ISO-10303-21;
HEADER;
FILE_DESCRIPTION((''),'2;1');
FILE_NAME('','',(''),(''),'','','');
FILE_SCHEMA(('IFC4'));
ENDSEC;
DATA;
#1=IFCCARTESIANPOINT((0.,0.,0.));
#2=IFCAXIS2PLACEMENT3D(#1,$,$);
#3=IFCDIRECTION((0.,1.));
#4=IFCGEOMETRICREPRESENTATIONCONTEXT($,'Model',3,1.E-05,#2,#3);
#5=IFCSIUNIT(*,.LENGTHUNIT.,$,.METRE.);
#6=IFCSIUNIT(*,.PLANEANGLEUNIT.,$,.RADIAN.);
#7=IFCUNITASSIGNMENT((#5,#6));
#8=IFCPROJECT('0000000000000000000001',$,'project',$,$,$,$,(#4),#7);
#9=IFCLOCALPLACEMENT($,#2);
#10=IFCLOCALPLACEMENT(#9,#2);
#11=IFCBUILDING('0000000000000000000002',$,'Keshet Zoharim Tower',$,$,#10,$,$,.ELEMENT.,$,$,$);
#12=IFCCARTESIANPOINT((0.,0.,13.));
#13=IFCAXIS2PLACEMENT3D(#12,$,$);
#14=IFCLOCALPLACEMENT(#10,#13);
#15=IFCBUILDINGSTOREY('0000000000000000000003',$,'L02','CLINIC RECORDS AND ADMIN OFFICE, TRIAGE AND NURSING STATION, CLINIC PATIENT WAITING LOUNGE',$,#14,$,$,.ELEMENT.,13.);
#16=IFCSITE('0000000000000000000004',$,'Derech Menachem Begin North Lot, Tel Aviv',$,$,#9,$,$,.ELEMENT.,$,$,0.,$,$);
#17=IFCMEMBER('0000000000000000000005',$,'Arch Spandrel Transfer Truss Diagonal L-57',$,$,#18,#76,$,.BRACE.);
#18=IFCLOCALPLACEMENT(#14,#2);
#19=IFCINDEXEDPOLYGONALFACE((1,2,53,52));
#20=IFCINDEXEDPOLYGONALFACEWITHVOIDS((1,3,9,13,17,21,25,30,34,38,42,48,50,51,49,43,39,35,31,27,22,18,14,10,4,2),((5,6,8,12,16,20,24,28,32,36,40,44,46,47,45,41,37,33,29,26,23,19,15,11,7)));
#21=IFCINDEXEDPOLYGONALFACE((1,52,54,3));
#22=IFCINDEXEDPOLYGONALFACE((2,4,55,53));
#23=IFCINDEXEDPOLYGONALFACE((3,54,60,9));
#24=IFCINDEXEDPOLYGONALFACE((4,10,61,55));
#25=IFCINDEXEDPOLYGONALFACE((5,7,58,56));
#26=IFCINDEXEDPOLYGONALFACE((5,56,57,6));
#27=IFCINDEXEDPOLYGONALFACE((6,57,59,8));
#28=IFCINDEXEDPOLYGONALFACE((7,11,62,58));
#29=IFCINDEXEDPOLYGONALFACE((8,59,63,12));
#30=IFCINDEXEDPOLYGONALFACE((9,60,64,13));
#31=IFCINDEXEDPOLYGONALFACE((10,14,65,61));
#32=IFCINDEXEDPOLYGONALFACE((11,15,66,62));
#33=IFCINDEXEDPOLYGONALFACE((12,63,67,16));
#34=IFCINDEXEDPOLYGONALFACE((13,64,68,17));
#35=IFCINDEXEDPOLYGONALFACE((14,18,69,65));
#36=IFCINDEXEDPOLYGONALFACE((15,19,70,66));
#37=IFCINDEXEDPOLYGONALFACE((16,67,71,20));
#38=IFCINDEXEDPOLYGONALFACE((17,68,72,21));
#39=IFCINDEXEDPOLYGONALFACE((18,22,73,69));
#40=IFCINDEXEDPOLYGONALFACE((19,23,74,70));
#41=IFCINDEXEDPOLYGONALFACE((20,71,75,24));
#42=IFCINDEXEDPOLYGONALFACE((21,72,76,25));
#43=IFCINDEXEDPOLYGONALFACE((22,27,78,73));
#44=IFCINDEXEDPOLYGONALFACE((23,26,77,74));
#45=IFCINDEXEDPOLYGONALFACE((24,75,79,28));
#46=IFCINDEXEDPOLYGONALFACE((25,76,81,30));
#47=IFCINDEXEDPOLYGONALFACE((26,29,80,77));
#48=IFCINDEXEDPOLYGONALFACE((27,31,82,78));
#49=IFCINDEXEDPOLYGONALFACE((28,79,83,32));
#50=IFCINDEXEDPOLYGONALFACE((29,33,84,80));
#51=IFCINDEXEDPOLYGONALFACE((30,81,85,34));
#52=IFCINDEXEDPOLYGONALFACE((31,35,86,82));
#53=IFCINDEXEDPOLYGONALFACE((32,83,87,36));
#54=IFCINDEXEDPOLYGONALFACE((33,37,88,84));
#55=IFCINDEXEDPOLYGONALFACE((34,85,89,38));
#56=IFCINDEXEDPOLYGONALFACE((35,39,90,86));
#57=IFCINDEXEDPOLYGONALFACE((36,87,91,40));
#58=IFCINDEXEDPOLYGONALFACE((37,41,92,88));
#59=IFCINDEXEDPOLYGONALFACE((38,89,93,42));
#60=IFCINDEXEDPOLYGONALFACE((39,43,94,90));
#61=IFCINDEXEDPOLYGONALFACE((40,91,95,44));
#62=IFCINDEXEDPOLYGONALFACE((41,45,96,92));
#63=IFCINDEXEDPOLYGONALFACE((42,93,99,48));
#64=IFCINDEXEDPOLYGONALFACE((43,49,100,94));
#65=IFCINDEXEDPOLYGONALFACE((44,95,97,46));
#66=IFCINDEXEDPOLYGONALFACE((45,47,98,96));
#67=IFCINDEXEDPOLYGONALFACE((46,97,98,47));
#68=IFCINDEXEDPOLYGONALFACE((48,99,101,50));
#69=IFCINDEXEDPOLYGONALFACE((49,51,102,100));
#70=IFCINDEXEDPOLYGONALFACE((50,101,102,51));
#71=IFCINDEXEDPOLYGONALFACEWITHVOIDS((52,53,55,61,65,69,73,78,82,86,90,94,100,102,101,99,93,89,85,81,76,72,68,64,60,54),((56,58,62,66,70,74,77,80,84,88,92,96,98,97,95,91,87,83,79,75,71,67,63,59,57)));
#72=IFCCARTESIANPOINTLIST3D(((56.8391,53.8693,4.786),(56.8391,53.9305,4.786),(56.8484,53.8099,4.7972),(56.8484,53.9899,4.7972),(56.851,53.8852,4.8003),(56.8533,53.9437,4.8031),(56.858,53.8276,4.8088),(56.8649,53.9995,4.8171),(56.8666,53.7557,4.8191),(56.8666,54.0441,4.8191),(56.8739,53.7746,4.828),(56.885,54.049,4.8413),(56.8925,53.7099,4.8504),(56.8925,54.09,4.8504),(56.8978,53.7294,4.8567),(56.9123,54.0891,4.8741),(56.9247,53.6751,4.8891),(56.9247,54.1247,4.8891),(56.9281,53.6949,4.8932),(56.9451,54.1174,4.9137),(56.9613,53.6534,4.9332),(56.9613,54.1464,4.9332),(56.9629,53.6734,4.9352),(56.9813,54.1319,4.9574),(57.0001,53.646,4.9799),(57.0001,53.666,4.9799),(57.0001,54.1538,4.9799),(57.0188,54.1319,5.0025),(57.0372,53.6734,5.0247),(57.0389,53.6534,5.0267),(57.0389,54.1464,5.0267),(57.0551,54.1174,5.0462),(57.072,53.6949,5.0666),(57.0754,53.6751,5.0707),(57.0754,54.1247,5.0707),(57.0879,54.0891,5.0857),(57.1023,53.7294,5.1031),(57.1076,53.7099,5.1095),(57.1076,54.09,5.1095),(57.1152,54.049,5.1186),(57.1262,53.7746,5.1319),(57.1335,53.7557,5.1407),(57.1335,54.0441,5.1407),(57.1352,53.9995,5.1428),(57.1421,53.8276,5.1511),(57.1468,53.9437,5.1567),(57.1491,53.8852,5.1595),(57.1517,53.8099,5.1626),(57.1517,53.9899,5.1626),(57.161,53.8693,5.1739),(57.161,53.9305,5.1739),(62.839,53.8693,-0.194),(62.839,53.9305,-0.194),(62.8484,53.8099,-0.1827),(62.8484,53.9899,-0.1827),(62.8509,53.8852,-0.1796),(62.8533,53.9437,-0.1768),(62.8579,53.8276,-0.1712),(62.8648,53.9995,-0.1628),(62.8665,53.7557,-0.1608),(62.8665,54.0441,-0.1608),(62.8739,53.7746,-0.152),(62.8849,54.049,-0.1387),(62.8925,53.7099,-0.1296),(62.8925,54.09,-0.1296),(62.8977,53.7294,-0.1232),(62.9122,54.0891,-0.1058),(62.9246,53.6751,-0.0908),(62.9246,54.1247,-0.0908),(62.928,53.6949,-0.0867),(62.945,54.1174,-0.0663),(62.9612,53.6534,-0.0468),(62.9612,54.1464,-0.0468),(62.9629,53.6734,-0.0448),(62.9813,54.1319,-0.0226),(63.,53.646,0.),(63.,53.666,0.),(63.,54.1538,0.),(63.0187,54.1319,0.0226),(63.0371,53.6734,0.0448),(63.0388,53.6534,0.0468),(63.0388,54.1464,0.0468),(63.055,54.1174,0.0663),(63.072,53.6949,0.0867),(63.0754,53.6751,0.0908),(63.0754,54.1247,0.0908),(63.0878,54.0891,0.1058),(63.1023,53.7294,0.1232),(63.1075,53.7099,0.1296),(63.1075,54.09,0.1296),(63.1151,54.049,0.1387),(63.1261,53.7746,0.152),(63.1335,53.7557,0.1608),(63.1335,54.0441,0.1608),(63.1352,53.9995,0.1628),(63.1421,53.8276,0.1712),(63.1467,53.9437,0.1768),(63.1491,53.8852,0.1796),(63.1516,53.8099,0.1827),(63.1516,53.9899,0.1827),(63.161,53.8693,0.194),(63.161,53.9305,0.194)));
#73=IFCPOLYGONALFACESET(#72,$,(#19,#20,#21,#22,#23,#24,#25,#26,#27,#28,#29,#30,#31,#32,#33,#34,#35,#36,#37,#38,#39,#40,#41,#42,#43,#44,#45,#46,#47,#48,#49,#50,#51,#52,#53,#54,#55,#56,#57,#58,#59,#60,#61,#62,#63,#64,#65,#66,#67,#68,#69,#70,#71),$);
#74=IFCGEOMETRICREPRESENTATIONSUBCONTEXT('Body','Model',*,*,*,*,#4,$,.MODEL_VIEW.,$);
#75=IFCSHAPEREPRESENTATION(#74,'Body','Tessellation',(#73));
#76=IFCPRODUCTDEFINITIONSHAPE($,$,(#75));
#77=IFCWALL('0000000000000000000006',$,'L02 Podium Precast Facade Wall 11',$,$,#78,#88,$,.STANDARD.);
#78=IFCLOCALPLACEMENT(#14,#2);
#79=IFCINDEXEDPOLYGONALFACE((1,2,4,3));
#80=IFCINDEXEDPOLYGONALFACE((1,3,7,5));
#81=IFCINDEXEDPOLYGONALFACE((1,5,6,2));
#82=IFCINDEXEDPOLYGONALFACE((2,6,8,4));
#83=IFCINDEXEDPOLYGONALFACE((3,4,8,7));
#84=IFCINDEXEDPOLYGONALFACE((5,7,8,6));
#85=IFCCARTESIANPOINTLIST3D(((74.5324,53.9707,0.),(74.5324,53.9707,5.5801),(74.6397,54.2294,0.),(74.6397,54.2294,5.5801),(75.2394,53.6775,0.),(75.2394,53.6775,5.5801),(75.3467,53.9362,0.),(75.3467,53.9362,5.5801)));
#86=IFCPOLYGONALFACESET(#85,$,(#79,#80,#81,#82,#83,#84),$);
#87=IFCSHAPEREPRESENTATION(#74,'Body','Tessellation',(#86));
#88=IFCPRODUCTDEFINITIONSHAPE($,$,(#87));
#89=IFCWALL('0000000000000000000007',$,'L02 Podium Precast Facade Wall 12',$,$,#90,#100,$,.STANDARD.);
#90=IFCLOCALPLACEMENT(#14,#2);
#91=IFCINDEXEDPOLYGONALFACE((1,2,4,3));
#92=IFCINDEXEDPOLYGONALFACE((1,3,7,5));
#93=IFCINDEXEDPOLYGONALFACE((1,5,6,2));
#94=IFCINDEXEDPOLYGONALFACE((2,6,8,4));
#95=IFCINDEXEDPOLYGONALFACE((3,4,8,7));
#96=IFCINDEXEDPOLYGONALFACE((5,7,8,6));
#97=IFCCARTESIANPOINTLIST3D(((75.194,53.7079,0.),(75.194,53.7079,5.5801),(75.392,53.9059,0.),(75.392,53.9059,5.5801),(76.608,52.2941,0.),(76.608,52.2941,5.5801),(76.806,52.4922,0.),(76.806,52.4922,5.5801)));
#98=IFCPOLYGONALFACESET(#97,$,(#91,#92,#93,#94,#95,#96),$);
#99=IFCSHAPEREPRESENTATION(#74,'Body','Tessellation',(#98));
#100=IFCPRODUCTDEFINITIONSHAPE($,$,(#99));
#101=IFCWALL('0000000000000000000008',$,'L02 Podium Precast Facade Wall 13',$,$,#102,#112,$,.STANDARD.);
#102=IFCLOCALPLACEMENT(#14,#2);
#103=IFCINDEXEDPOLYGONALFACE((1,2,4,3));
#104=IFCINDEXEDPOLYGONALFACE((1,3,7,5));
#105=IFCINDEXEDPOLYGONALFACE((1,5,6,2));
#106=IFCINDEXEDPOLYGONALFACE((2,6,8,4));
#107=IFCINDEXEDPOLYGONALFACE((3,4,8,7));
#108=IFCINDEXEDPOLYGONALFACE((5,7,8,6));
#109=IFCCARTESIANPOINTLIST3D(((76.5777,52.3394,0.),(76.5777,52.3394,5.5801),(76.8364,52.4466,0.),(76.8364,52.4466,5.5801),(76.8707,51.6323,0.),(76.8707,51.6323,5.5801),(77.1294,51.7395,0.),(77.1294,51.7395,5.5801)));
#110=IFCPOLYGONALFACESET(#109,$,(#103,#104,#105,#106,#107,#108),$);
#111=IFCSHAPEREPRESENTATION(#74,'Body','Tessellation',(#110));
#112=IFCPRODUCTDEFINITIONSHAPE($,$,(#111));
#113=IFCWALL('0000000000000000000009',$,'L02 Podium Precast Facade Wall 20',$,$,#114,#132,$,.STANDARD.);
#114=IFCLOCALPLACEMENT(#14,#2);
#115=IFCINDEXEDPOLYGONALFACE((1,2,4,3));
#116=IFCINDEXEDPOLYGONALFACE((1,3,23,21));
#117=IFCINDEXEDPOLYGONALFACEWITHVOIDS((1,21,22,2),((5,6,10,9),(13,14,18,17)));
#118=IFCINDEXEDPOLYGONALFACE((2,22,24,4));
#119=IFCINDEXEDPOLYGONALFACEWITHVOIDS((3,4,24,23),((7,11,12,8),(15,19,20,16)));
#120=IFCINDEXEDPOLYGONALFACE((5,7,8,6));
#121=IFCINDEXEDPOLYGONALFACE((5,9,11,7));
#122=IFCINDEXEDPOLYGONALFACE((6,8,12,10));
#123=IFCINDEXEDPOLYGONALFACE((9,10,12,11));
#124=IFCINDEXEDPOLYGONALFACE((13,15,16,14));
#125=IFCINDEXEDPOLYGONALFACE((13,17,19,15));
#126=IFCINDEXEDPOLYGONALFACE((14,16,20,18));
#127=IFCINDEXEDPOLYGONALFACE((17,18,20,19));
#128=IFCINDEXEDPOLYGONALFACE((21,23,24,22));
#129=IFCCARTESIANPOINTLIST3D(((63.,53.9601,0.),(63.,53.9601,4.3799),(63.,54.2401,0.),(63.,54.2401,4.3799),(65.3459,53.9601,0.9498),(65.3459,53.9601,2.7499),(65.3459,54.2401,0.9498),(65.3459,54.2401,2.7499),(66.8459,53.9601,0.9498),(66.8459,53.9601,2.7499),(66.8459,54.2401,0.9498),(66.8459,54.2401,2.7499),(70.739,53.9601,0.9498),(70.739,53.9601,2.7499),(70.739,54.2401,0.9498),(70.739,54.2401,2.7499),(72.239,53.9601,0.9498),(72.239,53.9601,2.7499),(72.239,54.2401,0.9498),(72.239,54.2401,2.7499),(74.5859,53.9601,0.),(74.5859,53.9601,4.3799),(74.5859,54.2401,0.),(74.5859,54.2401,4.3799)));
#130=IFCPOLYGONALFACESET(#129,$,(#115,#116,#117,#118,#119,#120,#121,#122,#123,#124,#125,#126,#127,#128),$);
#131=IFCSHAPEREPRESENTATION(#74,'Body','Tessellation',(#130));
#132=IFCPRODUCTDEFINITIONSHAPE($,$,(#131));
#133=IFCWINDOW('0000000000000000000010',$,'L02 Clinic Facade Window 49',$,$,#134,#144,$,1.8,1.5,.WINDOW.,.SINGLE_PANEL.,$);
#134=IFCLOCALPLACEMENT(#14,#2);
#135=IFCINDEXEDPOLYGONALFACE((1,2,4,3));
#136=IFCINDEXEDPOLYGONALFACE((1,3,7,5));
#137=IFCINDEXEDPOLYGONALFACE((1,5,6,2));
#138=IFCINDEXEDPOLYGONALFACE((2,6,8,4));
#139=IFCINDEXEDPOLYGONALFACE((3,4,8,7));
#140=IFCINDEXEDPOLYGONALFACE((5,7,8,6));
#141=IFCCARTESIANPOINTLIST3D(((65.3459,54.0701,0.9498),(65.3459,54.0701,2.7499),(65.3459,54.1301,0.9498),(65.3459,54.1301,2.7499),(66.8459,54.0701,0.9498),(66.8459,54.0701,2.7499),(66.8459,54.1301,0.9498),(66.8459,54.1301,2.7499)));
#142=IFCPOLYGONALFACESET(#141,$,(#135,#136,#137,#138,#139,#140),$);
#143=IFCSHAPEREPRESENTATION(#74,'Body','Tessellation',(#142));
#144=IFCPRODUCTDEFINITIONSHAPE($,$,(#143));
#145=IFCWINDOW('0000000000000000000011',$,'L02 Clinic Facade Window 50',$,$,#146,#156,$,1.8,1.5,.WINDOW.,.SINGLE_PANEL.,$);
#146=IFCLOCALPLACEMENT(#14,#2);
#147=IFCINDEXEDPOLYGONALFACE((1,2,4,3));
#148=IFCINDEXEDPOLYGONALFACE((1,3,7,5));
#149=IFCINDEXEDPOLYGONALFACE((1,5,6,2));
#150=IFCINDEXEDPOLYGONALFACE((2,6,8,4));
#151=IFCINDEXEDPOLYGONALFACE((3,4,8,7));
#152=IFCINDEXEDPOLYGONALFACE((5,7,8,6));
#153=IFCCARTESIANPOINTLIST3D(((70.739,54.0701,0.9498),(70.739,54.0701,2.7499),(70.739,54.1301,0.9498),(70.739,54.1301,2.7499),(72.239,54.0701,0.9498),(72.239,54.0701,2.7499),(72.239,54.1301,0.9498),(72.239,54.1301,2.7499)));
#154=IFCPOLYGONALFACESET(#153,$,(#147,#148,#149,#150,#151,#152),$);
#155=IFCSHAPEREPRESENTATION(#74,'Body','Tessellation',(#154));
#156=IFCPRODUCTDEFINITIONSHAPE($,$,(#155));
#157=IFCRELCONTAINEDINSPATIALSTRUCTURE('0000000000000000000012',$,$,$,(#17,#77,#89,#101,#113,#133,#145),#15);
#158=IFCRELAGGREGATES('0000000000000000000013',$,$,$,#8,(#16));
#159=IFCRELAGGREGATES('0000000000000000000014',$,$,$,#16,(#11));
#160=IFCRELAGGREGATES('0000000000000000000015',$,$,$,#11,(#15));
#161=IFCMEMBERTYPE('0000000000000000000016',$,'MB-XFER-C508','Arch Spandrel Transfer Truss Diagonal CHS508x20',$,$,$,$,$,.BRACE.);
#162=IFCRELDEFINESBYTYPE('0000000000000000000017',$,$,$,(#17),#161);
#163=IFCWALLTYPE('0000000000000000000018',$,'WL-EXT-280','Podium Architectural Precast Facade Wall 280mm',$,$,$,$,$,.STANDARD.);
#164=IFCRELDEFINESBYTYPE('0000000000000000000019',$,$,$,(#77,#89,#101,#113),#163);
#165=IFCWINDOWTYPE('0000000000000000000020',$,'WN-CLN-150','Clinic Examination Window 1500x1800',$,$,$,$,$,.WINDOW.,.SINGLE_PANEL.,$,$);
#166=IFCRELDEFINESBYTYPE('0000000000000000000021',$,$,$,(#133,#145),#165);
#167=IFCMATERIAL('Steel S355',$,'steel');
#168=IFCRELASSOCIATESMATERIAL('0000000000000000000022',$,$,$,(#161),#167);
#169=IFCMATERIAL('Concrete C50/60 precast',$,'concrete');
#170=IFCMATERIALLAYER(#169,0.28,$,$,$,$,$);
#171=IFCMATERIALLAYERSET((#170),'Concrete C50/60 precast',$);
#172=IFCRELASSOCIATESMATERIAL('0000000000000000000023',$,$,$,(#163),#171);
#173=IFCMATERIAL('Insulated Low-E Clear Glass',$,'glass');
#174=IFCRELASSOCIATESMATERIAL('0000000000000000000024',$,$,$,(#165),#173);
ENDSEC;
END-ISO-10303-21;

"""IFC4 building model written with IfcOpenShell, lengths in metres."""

from ifc_helpers import new_model, si_unit, direction, frame, frame_2d, origin, origin_2d, place, context, subcontext, project, spatial, rectangle, hollow_circle, extrude, material, layer, layer_set, material_profile, profile_set, type_object, element, fill, save


model = new_model("IFC4")

# Units and contexts
model_context = context("Model", 3, precision=1e-05, world=origin(), true_north=direction((0.0, 1.0)))
body_context = subcontext(model_context, "Body", "Model", "MODEL_VIEW")
ifc_project = project(units=[si_unit("LENGTHUNIT", "METRE"), si_unit("PLANEANGLEUNIT", "RADIAN")], contexts=[model_context])

# Site, building, storey
site_placement = place(None, origin())
site = spatial("IfcSite", under=ifc_project, at=site_placement, Name="Derech Menachem Begin North Lot, Tel Aviv", CompositionType="ELEMENT", RefElevation=0.0)
building_placement = place(site_placement, origin())
building = spatial("IfcBuilding", under=site, at=building_placement, Name="Keshet Zoharim Tower", CompositionType="ELEMENT")
storey_placement = place(building_placement, frame((0.0, 0.0, 13.0)))
storey = spatial("IfcBuildingStorey", under=building, at=storey_placement, Name="L02", Description="CLINIC RECORDS AND ADMIN OFFICE, TRIAGE AND NURSING STATION, CLINIC PATIENT WAITING LOUNGE", CompositionType="ELEMENT", Elevation=13.0)

# Shared definitions
ifc_material_1 = material(Name="Steel S355", Category="steel")

# Member
ifc_material_profile_1 = material_profile(ifc_material_1, hollow_circle(Radius=0.2539, WallThickness=0.02, at=origin_2d()), Name="CHS508x20")
ifc_profile_set_1 = profile_set([ifc_material_profile_1], Name="Steel S355")
member_type = type_object("IfcMemberType", Name="MB-XFER-C508", Description="Arch Spandrel Transfer Truss Diagonal CHS508x20", PredefinedType="BRACE", material=ifc_profile_set_1)
for number, where, z_axis, x_axis, name in (
    (1, (63.0, 53.8999, 0.0), (-0.769482, 0.0, 0.638668), (0.0, -1.0, 0.0), "Arch Spandrel Transfer Truss Diagonal L-57"),
):
    element("IfcMember", number, at=place(storey_placement, frame(where, z_axis=z_axis, x_axis=x_axis)), inside=storey, type_object=member_type, Name=name, PredefinedType="BRACE", context=body_context, shape_type="SweptSolid", body=[
        extrude(hollow_circle(Radius=0.2539, WallThickness=0.02, at=origin_2d()), origin(), (0.0, 0.0, 1.0), 7.7974),
    ])

# Walls
ifc_material_2 = material(Name="Concrete C50/60 precast", Category="concrete")
ifc_layer = layer(ifc_material_2, 0.28)
ifc_layer_set = layer_set([ifc_layer], Name="Concrete C50/60 precast")
wall_type = type_object("IfcWallType", Name="WL-EXT-280", Description="Podium Architectural Precast Facade Wall 280mm", PredefinedType="STANDARD", material=ifc_layer_set)
wall_1_placement = place(storey_placement, frame((74.5859, 54.1001, 0.0), z_axis=(0.0, 0.0, 1.0), x_axis=(0.923717, -0.383075, 0.0)))
element("IfcWall", 2, at=wall_1_placement, inside=storey, type_object=wall_type, Name="L02 Podium Precast Facade Wall 11", PredefinedType="STANDARD", context=body_context, shape_type="SweptSolid", body=[
    extrude(rectangle(XDim=0.7654, YDim=0.28, at=frame_2d((0.3828, 0.0))), origin(), (0.0, 0.0, 1.0), 5.5801),
])
wall_2_placement = place(storey_placement, frame((75.293, 53.8069, 0.0), z_axis=(0.0, 0.0, 1.0), x_axis=(0.707168, -0.707046, 0.0)))
element("IfcWall", 3, at=wall_2_placement, inside=storey, type_object=wall_type, Name="L02 Podium Precast Facade Wall 12", PredefinedType="STANDARD", context=body_context, shape_type="SweptSolid", body=[
    extrude(rectangle(XDim=1.9995, YDim=0.28, at=frame_2d((0.9998, 0.0))), origin(), (0.0, 0.0, 1.0), 5.5801),
])
wall_3_placement = place(storey_placement, frame((76.707, 52.3931, 0.0), z_axis=(0.0, 0.0, 1.0), x_axis=(0.382803, -0.92383, 0.0)))
element("IfcWall", 4, at=wall_3_placement, inside=storey, type_object=wall_type, Name="L02 Podium Precast Facade Wall 13", PredefinedType="STANDARD", context=body_context, shape_type="SweptSolid", body=[
    extrude(rectangle(XDim=0.7654, YDim=0.28, at=frame_2d((0.3828, 0.0))), origin(), (0.0, 0.0, 1.0), 5.5801),
])

# Wall, openings, windows
ifc_material_3 = material(Name="Insulated Low-E Clear Glass", Category="glass")
window_type = type_object("IfcWindowType", Name="WN-CLN-150", Description="Clinic Examination Window 1500x1800", PartitioningType="SINGLE_PANEL", PredefinedType="WINDOW", material=ifc_material_3)
wall_4_placement = place(storey_placement, frame((63.0, 54.1001, 0.0), z_axis=(0.0, 0.0, 1.0), x_axis=(1.0, 0.0, 0.0)))
wall_4 = element("IfcWall", 5, at=wall_4_placement, inside=storey, type_object=wall_type, Name="L02 Podium Precast Facade Wall 20", PredefinedType="STANDARD", context=body_context, shape_type="SweptSolid", body=[
    extrude(rectangle(XDim=11.5859, YDim=0.28, at=frame_2d((5.793, 0.0))), origin(), (0.0, 0.0, 1.0), 4.3799),
])
opening_1_placement = place(wall_4_placement, frame((2.3459, 0.0, 0.95)))
opening_1 = element("IfcOpeningElement", 6, at=opening_1_placement, cuts=wall_4, PredefinedType="OPENING", context=body_context, shape_type="SweptSolid", body=[
    extrude(rectangle(XDim=1.5, YDim=1.8, at=frame_2d((0.75, 0.8999))), frame((0.0, 0.1499, 0.0), z_axis=(0.0, -1.0, 0.0), x_axis=(1.0, 0.0, 0.0)), (0.0, 0.0, 1.0), 0.3),
])
opening_2_placement = place(wall_4_placement, frame((7.739, 0.0, 0.95)))
opening_2 = element("IfcOpeningElement", 7, at=opening_2_placement, cuts=wall_4, PredefinedType="OPENING", context=body_context, shape_type="SweptSolid", body=[
    extrude(rectangle(XDim=1.5, YDim=1.8, at=frame_2d((0.75, 0.8999))), frame((0.0, 0.1499, 0.0), z_axis=(0.0, -1.0, 0.0), x_axis=(1.0, 0.0, 0.0)), (0.0, 0.0, 1.0), 0.3),
])
window_1_placement = place(opening_1_placement, origin())
window_1 = element("IfcWindow", 8, at=window_1_placement, inside=storey, type_object=window_type, Name="L02 Clinic Facade Window 49", OverallHeight=1.8, OverallWidth=1.5, PartitioningType="SINGLE_PANEL", PredefinedType="WINDOW", context=body_context, shape_type="SweptSolid", body=[
    extrude(rectangle(XDim=1.5, YDim=1.8, at=frame_2d((0.75, 0.8999))), frame((0.0, 0.03, 0.0), z_axis=(0.0, -1.0, 0.0), x_axis=(1.0, 0.0, 0.0)), (0.0, 0.0, 1.0), 0.0601),
])
fill(opening_1, window_1)
window_2_placement = place(opening_2_placement, origin())
window_2 = element("IfcWindow", 9, at=window_2_placement, inside=storey, type_object=window_type, Name="L02 Clinic Facade Window 50", OverallHeight=1.8, OverallWidth=1.5, PartitioningType="SINGLE_PANEL", PredefinedType="WINDOW", context=body_context, shape_type="SweptSolid", body=[
    extrude(rectangle(XDim=1.5, YDim=1.8, at=frame_2d((0.75, 0.8999))), frame((0.0, 0.03, 0.0), z_axis=(0.0, -1.0, 0.0), x_axis=(1.0, 0.0, 0.0)), (0.0, 0.0, 1.0), 0.0601),
])
fill(opening_2, window_2)

save(model, "model.ifc")
